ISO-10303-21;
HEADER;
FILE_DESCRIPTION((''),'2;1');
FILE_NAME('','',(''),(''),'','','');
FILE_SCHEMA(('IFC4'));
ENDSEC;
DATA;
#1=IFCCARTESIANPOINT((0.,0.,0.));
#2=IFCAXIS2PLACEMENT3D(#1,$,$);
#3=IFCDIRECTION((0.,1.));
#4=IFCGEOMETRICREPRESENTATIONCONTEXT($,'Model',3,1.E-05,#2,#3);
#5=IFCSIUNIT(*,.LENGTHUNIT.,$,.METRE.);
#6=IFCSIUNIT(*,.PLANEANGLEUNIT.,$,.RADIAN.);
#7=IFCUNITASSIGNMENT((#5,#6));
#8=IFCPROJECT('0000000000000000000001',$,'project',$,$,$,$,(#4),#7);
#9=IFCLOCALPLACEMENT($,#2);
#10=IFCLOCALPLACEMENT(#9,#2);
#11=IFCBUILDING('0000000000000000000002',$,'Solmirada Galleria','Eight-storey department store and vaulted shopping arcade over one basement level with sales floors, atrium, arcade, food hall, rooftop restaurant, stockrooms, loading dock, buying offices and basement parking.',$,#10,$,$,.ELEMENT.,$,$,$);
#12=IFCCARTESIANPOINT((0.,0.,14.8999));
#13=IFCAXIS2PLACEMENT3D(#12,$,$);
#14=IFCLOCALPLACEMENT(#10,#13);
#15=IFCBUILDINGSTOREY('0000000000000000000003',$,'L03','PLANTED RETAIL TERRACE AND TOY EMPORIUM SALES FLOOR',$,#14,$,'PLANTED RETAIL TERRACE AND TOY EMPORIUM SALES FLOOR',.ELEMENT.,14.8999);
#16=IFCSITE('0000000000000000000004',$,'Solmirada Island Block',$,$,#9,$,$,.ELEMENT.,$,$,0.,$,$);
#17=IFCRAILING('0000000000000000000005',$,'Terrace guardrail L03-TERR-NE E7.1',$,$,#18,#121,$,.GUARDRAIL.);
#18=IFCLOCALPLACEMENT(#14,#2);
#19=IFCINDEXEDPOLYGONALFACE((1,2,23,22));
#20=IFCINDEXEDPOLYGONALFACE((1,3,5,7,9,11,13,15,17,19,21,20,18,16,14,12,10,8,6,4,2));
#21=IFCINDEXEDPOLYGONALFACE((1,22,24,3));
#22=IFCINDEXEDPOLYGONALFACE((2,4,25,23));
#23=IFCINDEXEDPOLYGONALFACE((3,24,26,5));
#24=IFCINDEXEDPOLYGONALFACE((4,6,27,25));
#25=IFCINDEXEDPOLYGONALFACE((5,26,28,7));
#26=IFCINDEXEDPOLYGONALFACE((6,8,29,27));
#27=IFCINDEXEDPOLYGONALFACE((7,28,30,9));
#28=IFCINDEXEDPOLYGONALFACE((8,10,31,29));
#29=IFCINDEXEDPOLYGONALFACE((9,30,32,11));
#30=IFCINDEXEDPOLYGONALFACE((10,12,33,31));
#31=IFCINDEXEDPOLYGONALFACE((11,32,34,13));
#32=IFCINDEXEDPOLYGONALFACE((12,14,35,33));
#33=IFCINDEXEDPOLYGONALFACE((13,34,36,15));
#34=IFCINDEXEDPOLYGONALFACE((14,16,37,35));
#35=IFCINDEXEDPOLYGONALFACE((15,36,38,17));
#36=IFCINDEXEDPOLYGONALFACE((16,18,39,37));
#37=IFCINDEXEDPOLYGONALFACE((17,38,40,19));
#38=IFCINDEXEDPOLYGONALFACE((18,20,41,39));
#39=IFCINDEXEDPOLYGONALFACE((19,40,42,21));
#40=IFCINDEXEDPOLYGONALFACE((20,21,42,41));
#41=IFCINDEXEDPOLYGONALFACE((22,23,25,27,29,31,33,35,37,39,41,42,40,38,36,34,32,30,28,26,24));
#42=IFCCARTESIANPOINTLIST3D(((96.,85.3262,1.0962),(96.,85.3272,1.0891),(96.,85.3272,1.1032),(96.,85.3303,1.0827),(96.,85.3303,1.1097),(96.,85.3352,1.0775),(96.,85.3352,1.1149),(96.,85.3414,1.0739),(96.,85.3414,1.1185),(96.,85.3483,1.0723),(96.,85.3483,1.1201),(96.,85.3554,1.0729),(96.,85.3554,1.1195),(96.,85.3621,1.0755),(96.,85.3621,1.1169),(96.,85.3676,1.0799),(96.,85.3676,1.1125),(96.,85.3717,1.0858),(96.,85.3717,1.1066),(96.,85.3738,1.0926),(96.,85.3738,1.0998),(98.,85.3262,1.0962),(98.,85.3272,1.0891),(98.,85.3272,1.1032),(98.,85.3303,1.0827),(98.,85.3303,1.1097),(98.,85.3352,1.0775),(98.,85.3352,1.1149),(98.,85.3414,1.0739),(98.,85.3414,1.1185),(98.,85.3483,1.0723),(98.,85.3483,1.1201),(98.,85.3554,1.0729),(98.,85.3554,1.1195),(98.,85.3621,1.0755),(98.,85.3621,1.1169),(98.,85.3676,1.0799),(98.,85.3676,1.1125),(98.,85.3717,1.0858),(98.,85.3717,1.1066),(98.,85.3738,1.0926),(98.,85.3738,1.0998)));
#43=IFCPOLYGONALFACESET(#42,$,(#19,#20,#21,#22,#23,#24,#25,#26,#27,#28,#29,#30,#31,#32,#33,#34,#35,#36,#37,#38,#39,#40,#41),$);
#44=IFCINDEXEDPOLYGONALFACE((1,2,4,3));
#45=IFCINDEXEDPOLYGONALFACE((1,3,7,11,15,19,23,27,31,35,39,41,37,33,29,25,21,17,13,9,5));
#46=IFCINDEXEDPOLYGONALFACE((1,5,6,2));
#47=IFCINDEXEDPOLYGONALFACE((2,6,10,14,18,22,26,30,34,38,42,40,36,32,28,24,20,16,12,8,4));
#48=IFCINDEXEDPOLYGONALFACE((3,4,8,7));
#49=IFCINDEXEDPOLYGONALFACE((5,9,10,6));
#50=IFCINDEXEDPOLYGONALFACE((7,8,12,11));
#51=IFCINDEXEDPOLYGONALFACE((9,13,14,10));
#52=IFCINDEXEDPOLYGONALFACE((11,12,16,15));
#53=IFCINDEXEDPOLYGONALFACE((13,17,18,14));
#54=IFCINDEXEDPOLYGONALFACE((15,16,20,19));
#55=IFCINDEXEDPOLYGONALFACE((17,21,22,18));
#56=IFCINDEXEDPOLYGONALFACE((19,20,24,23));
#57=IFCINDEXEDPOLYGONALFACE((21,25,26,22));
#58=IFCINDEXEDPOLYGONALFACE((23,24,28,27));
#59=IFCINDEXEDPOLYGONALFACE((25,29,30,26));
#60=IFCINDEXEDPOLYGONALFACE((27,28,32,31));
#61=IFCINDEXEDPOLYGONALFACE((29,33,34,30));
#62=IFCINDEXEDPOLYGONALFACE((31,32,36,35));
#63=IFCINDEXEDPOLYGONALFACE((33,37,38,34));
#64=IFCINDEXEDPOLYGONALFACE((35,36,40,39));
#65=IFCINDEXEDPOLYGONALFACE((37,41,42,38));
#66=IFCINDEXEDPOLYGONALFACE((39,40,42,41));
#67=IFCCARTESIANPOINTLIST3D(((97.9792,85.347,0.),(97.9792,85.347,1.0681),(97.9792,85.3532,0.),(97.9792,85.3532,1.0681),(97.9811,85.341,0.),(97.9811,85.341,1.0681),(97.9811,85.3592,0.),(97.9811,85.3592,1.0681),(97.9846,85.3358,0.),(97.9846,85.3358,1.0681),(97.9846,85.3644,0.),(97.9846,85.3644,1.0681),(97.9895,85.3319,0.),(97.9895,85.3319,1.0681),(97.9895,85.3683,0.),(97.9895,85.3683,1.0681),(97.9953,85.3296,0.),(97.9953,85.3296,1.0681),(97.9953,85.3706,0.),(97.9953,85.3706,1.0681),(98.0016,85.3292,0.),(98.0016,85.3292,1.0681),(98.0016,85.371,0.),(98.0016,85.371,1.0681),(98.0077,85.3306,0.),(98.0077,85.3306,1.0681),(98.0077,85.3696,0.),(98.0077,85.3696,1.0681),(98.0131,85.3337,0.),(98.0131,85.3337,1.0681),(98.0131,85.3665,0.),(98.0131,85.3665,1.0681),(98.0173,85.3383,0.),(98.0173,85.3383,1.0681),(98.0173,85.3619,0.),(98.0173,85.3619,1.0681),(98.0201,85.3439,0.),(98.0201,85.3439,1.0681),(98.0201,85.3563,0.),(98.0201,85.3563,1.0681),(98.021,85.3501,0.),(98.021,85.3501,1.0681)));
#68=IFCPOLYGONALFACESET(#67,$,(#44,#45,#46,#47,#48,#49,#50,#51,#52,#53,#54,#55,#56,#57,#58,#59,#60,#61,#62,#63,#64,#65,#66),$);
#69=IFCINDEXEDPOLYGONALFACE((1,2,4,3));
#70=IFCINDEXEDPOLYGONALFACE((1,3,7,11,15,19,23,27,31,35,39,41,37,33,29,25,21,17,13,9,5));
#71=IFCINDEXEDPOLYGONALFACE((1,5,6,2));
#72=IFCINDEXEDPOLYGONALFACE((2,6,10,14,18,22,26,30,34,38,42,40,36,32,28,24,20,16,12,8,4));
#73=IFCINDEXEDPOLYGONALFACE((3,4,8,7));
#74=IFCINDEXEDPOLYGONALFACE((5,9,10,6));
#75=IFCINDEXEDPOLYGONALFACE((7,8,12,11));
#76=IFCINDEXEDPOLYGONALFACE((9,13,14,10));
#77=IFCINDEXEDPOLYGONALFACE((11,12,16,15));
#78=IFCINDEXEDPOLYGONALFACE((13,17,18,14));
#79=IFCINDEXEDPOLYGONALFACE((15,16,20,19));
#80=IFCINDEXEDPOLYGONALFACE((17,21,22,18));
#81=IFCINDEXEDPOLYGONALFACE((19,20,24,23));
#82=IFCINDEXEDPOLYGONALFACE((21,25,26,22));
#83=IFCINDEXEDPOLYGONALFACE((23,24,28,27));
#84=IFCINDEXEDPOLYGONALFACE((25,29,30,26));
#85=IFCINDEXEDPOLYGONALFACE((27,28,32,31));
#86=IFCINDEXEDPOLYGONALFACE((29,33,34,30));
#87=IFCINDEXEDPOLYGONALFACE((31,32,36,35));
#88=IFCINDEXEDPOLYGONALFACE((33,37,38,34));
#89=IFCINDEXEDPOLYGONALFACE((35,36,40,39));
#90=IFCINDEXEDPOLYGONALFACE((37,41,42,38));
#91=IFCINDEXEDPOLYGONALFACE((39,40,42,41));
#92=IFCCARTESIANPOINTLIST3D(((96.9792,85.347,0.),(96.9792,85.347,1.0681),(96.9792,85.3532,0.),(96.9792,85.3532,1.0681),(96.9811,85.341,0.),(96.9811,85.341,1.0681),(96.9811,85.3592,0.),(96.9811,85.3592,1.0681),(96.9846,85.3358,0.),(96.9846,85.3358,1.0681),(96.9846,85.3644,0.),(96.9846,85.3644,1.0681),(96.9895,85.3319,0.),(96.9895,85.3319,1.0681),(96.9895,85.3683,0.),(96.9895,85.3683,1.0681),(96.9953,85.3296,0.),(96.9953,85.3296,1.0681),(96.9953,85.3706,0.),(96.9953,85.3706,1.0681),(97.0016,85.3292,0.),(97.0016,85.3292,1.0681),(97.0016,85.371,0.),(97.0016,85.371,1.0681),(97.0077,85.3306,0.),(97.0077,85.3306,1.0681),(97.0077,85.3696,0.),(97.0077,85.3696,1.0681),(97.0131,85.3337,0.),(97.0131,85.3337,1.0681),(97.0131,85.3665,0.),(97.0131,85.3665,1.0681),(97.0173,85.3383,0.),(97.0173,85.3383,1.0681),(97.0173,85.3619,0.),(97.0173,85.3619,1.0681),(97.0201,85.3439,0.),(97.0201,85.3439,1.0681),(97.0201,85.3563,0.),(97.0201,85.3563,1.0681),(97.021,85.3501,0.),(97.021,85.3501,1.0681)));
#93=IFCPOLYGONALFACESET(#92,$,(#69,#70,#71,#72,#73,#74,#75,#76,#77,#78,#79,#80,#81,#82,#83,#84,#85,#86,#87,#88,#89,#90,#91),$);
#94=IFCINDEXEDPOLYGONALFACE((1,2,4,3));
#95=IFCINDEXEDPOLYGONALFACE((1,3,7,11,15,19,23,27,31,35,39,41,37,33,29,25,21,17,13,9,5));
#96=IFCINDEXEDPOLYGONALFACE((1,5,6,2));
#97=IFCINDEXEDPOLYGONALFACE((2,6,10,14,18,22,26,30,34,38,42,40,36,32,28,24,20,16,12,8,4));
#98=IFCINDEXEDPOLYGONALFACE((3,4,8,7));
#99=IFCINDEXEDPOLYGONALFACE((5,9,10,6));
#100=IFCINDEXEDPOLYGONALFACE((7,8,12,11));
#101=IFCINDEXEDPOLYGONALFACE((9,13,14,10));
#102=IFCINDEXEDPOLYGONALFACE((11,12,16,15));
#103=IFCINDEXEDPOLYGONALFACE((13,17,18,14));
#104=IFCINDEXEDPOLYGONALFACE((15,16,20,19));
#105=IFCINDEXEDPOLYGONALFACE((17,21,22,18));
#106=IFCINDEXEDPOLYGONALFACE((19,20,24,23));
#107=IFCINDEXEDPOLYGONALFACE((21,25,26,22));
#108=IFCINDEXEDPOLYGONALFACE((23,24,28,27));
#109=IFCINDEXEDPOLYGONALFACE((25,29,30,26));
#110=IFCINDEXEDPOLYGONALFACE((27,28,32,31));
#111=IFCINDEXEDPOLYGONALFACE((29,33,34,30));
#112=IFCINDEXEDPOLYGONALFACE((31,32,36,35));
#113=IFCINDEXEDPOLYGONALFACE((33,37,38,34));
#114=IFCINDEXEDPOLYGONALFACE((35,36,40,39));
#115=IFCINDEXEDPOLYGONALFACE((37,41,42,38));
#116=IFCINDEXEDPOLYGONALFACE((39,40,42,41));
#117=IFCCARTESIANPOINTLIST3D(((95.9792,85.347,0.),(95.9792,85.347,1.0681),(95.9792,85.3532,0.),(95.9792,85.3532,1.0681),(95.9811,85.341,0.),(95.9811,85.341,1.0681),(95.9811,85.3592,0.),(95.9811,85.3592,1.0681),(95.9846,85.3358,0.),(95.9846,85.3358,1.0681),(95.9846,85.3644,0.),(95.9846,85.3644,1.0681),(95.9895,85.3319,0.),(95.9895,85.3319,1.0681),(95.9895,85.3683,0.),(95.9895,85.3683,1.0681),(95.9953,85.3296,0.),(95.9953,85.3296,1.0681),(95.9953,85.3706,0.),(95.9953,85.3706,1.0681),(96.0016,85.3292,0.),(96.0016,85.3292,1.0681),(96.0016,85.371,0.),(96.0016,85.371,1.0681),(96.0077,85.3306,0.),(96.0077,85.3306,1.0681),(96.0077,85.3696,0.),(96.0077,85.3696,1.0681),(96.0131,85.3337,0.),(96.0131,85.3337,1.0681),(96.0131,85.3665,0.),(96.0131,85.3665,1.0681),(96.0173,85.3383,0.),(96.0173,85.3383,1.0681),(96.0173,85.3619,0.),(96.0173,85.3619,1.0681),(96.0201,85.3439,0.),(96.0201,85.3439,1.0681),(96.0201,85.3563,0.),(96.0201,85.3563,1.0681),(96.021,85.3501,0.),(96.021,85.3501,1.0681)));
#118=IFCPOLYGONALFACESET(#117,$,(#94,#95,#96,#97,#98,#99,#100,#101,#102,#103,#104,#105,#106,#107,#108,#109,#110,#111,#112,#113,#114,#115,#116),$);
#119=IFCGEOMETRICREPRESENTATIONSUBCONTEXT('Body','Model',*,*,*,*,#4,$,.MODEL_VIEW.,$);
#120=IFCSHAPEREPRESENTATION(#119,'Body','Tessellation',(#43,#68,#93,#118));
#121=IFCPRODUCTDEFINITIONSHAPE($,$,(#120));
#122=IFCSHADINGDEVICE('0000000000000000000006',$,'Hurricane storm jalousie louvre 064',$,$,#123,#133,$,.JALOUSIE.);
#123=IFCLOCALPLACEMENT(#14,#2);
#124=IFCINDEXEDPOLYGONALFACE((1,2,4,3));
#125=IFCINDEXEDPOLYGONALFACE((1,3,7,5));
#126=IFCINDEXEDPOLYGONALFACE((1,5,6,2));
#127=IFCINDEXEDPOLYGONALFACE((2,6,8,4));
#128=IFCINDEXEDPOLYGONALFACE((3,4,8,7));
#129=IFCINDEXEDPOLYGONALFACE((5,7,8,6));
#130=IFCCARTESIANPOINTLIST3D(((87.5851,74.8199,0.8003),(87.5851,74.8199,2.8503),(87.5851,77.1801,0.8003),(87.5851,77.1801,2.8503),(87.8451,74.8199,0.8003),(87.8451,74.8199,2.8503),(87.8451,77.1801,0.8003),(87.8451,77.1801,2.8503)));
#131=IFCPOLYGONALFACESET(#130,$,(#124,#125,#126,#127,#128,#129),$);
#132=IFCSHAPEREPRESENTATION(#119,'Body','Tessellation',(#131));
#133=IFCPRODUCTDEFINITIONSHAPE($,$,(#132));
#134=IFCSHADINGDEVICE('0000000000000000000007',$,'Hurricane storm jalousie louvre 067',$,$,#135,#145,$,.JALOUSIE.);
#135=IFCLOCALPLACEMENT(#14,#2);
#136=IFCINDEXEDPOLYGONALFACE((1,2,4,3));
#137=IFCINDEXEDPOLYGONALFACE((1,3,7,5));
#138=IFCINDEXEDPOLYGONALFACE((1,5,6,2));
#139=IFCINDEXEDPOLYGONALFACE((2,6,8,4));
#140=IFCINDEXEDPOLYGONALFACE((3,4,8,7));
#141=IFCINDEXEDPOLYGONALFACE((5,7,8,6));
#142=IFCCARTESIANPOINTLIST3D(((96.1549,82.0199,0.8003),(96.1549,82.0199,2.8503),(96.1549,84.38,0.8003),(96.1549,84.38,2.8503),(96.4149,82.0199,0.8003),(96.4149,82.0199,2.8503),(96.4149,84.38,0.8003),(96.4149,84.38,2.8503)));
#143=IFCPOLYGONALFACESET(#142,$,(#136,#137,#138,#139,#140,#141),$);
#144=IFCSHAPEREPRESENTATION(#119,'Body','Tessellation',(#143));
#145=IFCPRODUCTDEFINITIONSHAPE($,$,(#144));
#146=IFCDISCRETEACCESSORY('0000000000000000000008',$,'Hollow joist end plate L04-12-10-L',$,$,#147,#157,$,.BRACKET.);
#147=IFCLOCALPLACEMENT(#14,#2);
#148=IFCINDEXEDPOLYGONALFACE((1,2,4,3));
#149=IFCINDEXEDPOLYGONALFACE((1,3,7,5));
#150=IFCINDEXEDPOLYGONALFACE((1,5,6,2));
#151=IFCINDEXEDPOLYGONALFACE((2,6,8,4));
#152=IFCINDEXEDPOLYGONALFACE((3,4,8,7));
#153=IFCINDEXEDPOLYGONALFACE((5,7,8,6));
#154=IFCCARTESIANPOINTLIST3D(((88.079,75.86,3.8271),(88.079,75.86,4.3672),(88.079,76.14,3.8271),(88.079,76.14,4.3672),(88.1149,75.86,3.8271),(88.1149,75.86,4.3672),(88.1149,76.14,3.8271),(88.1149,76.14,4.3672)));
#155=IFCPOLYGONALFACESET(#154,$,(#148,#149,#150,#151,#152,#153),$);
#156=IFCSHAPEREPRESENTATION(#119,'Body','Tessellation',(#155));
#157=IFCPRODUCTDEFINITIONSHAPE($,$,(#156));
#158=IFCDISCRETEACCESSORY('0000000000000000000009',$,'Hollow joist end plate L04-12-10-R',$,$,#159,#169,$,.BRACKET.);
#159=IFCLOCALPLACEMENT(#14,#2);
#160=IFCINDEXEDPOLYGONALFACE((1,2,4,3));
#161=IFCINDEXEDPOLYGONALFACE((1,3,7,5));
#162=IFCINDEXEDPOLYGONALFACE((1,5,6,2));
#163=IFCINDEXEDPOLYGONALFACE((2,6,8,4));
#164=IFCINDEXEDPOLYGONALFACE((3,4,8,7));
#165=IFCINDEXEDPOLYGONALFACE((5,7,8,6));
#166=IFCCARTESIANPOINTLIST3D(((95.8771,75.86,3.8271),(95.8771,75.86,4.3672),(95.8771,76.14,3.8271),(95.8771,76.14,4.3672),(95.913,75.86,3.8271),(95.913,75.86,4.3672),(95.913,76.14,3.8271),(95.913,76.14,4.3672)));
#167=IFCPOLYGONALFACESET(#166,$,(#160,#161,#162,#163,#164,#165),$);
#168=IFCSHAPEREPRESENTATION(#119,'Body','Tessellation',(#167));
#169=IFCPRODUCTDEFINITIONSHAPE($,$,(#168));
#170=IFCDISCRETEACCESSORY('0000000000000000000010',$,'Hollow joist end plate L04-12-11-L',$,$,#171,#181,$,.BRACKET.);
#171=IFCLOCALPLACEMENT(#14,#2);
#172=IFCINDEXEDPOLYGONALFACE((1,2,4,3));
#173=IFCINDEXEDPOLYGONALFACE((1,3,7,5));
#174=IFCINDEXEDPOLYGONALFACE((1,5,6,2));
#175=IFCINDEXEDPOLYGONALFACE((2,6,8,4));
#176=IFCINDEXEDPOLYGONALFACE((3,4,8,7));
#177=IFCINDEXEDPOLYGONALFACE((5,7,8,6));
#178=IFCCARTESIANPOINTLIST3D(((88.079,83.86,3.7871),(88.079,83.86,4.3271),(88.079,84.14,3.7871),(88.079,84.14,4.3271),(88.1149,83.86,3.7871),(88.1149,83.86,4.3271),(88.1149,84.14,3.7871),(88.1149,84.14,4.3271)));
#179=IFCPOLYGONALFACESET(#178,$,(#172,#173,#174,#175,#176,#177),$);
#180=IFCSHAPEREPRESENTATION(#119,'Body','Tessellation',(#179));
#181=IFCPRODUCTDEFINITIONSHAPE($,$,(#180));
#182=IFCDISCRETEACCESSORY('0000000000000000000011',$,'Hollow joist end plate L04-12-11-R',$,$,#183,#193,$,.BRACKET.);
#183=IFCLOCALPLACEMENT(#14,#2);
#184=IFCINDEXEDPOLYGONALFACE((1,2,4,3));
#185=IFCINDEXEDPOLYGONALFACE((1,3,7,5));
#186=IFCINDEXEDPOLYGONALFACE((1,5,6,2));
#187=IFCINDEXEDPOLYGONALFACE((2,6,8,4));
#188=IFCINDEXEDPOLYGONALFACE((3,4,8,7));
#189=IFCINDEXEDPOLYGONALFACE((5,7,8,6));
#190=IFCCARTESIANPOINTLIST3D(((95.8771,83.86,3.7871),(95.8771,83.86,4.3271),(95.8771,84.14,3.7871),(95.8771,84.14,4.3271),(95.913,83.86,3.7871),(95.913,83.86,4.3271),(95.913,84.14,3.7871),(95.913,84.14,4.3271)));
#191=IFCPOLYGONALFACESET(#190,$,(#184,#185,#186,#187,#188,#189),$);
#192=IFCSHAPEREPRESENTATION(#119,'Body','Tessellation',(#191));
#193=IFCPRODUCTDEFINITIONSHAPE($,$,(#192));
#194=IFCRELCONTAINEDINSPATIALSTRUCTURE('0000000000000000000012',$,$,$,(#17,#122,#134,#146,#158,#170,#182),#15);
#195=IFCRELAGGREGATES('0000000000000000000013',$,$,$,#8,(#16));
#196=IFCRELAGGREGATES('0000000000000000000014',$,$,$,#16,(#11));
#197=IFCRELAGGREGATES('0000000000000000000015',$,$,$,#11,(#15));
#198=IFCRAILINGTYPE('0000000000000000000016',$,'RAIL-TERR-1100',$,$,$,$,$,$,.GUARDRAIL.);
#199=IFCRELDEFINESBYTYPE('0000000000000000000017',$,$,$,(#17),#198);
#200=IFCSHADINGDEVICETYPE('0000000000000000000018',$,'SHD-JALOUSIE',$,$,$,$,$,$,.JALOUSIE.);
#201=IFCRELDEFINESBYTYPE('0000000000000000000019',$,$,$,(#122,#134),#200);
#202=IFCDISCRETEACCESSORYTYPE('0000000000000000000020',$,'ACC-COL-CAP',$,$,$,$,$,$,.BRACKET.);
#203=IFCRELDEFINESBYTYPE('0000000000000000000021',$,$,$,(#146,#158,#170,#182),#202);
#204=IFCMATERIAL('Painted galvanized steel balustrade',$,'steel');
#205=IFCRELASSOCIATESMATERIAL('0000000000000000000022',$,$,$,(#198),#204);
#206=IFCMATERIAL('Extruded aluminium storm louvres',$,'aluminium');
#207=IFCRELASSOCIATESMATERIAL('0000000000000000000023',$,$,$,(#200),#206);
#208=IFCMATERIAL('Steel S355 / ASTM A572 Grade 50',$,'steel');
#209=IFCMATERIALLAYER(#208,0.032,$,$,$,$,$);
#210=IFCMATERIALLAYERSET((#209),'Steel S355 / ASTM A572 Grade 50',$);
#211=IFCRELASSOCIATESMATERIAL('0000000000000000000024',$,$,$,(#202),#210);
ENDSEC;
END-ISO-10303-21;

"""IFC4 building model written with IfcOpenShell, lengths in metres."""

from ifc_helpers import new_model, si_unit, direction, frame, origin, origin_2d, place, context, subcontext, project, spatial, rectangle, circle, extrude, material, layer, layer_set, type_object, element, save


model = new_model("IFC4")

# Units and contexts
model_context = context("Model", 3, precision=1e-05, world=origin(), true_north=direction((0.0, 1.0)))
body_context = subcontext(model_context, "Body", "Model", "MODEL_VIEW")
ifc_project = project(units=[si_unit("LENGTHUNIT", "METRE"), si_unit("PLANEANGLEUNIT", "RADIAN")], contexts=[model_context])

# Site, building, storey
site_placement = place(None, origin())
site = spatial("IfcSite", under=ifc_project, at=site_placement, Name="Solmirada Island Block", CompositionType="ELEMENT", RefElevation=0.0)
building_placement = place(site_placement, origin())
building = spatial("IfcBuilding", under=site, at=building_placement, Name="Solmirada Galleria", Description="Eight-storey department store and vaulted shopping arcade over one basement level with sales floors, atrium, arcade, food hall, rooftop restaurant, stockrooms, loading dock, buying offices and basement parking.", CompositionType="ELEMENT")
storey_placement = place(building_placement, frame((0.0, 0.0, 14.8999)))
storey = spatial("IfcBuildingStorey", under=building, at=storey_placement, Name="L03", Description="PLANTED RETAIL TERRACE AND TOY EMPORIUM SALES FLOOR", LongName="PLANTED RETAIL TERRACE AND TOY EMPORIUM SALES FLOOR", CompositionType="ELEMENT", Elevation=14.8999)

# Railing
ifc_material_1 = material(Name="Painted galvanized steel balustrade", Category="steel")
railing_type = type_object("IfcRailingType", Name="RAIL-TERR-1100", PredefinedType="GUARDRAIL", material=ifc_material_1)
railing_1_placement = place(storey_placement, frame((98.0, 85.3501, 0.0)))
element("IfcRailing", 1, at=railing_1_placement, inside=storey, type_object=railing_type, Name="Terrace guardrail L03-TERR-NE E7.1", PredefinedType="GUARDRAIL", context=body_context, shape_type="SweptSolid", body=[
    extrude(circle(Radius=0.0239, at=origin_2d()), frame((0.0, 0.0, 1.0962), z_axis=(-1.0, 0.0, 0.0), x_axis=(0.0, -1.0, 0.0)), (0.0, 0.0, 1.0), 2.0),
    extrude(circle(Radius=0.021, at=origin_2d()), origin(), (0.0, 0.0, 1.0), 1.0681),
    extrude(circle(Radius=0.021, at=origin_2d()), frame((-1.0, 0.0, 0.0)), (0.0, 0.0, 1.0), 1.0681),
    extrude(circle(Radius=0.021, at=origin_2d()), frame((-2.0, 0.0, 0.0)), (0.0, 0.0, 1.0), 1.0681),
])

# Shading devices
ifc_material_2 = material(Name="Extruded aluminium storm louvres", Category="aluminium")
shading_device_type = type_object("IfcShadingDeviceType", Name="SHD-JALOUSIE", PredefinedType="JALOUSIE", material=ifc_material_2)
for number, where, z_axis, x_axis, name in (
    (2, (87.7151, 76.0, 0.8003), (0.0, 0.0, 1.0), (0.0, 1.0, 0.0), "Hurricane storm jalousie louvre 064"),
    (3, (96.2849, 83.2, 0.8003), (0.0, 0.0, 1.0), (0.0, -1.0, 0.0), "Hurricane storm jalousie louvre 067"),
):
    element("IfcShadingDevice", number, at=place(storey_placement, frame(where, z_axis=z_axis, x_axis=x_axis)), inside=storey, type_object=shading_device_type, Name=name, PredefinedType="JALOUSIE", context=body_context, shape_type="SweptSolid", body=[
        extrude(rectangle(XDim=2.3601, YDim=0.26, at=origin_2d()), origin(), (0.0, 0.0, 1.0), 2.05),
    ])

# Discrete accessories
ifc_material_3 = material(Name="Steel S355 / ASTM A572 Grade 50", Category="steel")
ifc_layer_1 = layer(ifc_material_3, 0.032)
ifc_layer_set_1 = layer_set([ifc_layer_1], Name="Steel S355 / ASTM A572 Grade 50")
discrete_accessory_type = type_object("IfcDiscreteAccessoryType", Name="ACC-COL-CAP", PredefinedType="BRACKET", material=ifc_layer_set_1)
for number, where, z_axis, x_axis, name in (
    (4, (88.0969, 76.0, 3.8271), (0.0, 0.0, 1.0), (1.0, 0.0, 0.0), "Hollow joist end plate L04-12-10-L"),
    (5, (95.895, 76.0, 3.8271), (0.0, 0.0, 1.0), (1.0, 0.0, 0.0), "Hollow joist end plate L04-12-10-R"),
    (6, (88.0969, 84.0, 3.7871), (0.0, 0.0, 1.0), (1.0, 0.0, 0.0), "Hollow joist end plate L04-12-11-L"),
    (7, (95.895, 84.0, 3.7871), (0.0, 0.0, 1.0), (1.0, 0.0, 0.0), "Hollow joist end plate L04-12-11-R"),
):
    element("IfcDiscreteAccessory", number, at=place(storey_placement, frame(where, z_axis=z_axis, x_axis=x_axis)), inside=storey, type_object=discrete_accessory_type, Name=name, PredefinedType="BRACKET", context=body_context, shape_type="SweptSolid", body=[
        extrude(rectangle(XDim=0.0359, YDim=0.28, at=origin_2d()), origin(), (0.0, 0.0, 1.0), 0.54),
    ])

save(model, "model.ifc")
